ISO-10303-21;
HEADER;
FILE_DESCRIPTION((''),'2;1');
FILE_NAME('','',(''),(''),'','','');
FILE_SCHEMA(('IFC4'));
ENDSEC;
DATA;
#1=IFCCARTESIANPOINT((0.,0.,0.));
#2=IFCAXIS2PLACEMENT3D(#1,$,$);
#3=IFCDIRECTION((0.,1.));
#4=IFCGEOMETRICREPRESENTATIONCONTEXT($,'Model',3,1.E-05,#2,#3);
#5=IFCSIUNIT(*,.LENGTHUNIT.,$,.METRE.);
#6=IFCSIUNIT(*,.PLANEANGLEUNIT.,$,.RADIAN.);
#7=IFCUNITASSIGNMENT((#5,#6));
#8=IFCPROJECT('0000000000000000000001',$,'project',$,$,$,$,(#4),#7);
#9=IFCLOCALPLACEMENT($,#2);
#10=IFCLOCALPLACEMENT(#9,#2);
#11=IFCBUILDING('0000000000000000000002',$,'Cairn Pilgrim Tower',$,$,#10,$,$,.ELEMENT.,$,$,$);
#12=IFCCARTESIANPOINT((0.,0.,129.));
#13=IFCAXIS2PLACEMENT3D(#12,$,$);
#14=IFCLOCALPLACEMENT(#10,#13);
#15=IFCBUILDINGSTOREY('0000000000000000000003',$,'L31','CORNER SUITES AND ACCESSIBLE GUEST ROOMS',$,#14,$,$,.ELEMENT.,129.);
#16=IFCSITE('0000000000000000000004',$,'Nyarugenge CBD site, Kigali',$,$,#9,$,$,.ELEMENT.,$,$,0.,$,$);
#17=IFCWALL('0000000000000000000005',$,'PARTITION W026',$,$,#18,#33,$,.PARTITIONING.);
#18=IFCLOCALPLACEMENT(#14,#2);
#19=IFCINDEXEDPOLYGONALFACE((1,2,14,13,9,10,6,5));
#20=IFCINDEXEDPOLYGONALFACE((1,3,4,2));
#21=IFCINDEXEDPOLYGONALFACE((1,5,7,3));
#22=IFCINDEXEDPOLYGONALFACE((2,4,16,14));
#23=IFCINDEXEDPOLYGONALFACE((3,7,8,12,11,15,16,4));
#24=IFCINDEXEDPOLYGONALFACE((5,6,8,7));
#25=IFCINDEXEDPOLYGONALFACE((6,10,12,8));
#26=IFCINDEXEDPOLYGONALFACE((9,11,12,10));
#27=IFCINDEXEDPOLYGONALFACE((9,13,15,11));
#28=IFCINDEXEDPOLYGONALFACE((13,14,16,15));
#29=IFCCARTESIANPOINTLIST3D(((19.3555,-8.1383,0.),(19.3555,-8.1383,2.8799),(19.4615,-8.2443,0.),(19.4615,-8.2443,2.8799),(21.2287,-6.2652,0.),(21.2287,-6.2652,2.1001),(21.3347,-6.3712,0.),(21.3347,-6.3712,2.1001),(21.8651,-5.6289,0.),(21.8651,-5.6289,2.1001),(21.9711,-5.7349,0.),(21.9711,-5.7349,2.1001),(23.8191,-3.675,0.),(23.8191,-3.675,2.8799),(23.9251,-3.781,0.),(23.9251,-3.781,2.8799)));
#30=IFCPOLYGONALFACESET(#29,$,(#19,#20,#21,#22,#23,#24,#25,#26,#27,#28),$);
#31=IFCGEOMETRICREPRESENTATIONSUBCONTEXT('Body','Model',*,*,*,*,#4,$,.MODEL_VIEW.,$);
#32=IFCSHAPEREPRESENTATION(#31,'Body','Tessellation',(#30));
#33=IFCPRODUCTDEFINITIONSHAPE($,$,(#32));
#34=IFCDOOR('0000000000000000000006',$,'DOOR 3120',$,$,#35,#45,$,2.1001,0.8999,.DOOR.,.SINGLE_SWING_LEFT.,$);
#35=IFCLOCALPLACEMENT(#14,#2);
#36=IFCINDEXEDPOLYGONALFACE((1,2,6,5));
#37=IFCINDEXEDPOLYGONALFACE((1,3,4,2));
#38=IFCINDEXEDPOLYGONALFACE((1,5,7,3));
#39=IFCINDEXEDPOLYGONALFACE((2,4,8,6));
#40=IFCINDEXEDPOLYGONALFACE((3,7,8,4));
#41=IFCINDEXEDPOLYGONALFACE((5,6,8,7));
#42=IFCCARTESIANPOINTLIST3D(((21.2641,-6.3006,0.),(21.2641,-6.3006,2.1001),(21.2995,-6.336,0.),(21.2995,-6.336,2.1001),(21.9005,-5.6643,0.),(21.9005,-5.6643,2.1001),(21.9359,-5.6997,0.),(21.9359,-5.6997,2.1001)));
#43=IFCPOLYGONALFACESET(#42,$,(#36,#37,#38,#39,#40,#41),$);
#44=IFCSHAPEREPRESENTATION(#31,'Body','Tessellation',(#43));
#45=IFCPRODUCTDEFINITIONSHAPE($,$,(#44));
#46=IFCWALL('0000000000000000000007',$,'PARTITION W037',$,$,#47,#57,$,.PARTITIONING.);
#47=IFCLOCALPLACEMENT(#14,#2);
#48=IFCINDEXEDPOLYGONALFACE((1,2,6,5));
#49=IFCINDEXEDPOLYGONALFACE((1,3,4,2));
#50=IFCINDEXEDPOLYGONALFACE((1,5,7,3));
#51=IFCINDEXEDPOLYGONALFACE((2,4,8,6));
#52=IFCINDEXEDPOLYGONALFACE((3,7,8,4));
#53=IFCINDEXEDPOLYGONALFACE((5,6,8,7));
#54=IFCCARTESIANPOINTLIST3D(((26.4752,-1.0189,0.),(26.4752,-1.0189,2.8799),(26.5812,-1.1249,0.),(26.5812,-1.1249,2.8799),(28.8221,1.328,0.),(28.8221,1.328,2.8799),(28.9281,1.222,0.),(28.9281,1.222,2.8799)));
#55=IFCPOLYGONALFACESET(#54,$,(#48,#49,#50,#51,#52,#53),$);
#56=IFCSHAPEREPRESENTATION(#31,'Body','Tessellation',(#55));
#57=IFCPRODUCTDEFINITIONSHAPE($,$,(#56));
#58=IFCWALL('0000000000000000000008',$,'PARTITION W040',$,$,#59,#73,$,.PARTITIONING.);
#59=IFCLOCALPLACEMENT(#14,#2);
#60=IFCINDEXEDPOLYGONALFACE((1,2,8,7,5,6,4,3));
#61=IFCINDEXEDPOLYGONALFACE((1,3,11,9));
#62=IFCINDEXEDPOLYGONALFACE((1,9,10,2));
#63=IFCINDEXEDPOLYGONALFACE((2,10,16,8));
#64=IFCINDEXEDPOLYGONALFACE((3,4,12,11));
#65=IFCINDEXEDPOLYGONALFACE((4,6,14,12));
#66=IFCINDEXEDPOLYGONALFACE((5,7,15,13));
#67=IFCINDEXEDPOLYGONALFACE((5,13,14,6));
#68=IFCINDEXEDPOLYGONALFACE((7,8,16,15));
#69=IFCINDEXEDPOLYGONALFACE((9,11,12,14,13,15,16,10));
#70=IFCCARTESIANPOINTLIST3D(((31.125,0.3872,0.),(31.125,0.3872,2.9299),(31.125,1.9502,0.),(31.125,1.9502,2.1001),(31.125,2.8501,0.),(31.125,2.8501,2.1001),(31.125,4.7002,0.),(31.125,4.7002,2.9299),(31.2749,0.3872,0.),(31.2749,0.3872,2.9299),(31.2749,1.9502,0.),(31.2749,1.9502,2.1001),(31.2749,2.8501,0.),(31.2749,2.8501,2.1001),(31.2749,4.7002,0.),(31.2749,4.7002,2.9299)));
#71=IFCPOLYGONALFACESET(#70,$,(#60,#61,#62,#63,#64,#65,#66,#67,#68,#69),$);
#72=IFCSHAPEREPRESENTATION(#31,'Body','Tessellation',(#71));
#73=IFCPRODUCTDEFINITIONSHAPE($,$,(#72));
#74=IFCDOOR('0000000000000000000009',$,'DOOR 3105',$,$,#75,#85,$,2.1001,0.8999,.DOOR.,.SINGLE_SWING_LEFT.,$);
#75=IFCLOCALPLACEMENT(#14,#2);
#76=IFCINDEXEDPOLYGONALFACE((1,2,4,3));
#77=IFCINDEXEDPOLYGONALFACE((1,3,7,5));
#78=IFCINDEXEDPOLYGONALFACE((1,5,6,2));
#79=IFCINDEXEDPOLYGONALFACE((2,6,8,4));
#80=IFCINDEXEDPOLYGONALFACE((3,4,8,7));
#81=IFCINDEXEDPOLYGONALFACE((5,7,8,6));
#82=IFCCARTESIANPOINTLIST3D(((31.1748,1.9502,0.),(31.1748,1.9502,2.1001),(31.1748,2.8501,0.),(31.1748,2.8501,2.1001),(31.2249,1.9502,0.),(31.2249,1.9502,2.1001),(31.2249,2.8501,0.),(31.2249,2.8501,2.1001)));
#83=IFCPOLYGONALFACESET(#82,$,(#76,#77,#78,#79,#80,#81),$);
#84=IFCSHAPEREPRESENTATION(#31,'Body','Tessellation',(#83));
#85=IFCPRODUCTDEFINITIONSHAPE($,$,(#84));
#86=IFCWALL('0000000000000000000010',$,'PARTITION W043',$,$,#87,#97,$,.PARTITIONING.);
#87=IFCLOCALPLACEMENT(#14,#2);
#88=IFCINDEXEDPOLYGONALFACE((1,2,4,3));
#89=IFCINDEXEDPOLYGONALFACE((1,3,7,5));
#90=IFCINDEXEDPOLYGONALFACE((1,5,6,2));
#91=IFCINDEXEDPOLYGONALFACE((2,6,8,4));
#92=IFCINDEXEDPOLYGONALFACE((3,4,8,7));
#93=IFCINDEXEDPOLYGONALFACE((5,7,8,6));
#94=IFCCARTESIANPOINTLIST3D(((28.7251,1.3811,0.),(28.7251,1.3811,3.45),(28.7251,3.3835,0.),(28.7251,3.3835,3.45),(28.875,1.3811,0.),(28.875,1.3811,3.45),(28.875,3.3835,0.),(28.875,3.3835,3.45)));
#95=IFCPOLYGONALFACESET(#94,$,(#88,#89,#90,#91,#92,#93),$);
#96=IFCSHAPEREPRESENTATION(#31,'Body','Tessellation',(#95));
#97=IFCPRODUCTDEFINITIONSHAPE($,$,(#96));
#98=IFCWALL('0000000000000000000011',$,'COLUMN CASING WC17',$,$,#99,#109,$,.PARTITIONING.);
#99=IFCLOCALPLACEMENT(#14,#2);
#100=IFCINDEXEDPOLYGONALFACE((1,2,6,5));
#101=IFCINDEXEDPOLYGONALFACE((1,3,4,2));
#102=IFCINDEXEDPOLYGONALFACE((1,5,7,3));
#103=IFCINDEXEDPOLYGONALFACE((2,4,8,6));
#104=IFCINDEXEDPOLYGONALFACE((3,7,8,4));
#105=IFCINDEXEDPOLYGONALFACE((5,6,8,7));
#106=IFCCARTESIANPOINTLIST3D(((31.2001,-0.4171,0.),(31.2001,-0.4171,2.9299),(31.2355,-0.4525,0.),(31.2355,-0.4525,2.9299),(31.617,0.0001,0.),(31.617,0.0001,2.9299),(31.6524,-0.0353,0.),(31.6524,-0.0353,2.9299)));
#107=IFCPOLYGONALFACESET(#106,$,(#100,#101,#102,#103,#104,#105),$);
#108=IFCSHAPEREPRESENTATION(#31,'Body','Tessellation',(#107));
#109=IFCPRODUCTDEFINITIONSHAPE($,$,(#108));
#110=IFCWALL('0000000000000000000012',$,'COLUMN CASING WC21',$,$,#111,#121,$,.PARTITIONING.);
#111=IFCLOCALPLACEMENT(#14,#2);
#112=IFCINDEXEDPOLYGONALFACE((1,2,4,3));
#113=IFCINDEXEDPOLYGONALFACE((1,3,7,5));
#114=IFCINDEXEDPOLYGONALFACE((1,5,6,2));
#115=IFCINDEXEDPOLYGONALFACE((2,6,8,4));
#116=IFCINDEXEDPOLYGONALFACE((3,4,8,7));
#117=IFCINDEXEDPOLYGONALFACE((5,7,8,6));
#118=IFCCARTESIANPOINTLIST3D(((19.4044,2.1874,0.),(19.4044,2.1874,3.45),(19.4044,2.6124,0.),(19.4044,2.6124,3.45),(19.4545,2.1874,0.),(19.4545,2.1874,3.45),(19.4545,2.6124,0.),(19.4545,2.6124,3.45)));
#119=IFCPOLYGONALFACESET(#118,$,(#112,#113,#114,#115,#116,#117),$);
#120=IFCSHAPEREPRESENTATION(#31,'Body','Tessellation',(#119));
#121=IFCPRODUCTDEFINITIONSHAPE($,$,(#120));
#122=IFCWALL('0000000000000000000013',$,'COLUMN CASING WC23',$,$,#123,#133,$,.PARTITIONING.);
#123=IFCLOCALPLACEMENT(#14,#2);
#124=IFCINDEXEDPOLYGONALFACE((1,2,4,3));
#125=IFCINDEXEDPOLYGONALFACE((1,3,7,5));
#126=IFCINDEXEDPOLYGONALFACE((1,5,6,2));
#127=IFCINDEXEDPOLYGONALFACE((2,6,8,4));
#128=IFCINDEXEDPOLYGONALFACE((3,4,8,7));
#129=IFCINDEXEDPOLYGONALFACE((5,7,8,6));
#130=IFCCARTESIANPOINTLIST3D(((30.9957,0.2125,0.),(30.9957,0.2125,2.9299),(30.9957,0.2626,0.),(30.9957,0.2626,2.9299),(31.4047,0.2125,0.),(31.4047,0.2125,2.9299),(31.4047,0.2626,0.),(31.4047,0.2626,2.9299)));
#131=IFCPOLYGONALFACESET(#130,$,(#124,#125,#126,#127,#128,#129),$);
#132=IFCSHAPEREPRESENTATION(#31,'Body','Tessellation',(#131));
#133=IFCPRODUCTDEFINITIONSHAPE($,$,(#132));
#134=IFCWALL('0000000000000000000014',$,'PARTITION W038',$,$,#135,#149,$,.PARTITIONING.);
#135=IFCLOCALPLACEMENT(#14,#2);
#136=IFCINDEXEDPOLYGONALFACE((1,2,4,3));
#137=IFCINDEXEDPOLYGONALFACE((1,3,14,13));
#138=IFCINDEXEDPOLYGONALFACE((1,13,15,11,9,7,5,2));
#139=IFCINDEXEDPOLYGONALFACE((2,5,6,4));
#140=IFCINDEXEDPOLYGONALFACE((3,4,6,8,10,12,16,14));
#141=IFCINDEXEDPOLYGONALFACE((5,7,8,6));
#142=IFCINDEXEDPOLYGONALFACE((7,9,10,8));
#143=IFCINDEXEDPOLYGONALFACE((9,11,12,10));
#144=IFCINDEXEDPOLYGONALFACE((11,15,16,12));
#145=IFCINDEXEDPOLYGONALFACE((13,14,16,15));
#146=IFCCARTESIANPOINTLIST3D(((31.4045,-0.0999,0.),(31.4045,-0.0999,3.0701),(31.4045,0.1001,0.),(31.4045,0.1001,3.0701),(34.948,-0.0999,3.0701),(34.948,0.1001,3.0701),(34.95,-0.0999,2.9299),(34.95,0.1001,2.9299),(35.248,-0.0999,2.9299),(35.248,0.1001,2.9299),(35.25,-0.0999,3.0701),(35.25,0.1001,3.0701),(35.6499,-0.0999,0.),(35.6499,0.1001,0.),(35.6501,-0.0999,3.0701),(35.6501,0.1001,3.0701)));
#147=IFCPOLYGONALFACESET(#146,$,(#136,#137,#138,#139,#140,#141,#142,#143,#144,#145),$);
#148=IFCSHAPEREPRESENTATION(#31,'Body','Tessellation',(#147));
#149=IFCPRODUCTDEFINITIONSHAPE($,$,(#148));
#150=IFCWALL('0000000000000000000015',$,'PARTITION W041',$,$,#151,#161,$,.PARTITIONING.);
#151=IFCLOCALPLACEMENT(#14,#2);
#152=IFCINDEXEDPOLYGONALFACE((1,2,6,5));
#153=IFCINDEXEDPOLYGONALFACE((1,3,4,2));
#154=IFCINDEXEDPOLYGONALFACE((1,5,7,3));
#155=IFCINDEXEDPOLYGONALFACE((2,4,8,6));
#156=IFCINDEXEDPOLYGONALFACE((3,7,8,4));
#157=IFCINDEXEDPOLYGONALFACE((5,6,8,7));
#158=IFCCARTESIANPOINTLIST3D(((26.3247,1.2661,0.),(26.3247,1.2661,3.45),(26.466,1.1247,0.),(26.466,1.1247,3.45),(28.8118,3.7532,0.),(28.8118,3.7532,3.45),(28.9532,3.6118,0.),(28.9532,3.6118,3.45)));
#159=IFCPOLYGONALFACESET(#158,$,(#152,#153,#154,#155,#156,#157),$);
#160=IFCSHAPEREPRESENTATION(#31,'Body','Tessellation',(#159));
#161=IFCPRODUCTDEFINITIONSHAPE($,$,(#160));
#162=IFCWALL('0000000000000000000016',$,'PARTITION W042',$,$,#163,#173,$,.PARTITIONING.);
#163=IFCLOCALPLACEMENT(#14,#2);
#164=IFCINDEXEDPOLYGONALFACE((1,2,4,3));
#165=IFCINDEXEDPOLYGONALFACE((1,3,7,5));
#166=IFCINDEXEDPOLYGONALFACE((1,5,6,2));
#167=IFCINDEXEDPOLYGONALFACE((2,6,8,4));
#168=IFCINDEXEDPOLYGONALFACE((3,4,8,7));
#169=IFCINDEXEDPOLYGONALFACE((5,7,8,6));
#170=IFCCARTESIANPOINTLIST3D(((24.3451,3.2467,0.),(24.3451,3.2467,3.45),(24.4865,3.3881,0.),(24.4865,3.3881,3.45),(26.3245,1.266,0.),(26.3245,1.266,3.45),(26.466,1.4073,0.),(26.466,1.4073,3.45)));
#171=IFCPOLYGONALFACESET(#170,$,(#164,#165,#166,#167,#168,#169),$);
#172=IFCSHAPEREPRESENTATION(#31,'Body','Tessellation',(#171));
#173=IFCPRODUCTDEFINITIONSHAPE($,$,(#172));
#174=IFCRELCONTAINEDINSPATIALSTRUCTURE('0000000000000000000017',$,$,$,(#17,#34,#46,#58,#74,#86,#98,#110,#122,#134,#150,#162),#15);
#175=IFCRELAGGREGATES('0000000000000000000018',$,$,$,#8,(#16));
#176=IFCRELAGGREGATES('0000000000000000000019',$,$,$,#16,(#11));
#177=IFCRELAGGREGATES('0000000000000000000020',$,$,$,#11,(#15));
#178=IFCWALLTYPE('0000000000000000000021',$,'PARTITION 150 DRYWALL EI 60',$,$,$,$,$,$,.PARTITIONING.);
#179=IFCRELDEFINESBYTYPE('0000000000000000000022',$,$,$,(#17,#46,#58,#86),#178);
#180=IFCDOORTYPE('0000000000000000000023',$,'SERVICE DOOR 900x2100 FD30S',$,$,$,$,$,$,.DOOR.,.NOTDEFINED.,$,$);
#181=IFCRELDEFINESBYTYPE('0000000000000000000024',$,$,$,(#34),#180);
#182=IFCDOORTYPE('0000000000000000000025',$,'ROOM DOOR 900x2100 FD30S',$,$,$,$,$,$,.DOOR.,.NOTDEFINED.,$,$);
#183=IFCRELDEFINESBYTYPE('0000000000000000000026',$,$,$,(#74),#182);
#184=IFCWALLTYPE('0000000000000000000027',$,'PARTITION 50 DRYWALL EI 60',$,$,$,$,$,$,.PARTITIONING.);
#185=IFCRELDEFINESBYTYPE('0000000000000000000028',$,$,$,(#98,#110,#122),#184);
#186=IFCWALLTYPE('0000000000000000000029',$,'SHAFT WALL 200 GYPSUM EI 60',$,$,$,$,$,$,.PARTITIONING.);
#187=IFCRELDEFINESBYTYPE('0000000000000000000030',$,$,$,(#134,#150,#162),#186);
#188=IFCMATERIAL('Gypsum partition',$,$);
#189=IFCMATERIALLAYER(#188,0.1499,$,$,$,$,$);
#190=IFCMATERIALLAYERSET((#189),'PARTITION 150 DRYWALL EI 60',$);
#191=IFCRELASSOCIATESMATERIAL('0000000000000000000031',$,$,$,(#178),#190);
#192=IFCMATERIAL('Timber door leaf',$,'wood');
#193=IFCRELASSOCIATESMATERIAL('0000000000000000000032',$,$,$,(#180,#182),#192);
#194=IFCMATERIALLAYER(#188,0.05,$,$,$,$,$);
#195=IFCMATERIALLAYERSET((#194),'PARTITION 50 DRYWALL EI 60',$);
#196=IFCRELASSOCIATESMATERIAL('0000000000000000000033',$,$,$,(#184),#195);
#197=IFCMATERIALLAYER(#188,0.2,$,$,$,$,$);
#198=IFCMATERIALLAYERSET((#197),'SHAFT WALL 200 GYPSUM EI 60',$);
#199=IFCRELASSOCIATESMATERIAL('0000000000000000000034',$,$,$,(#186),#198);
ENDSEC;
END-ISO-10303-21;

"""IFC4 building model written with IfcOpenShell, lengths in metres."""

from ifc_helpers import new_model, si_unit, direction, frame, frame_2d, origin, place, context, subcontext, project, spatial, polyline, rectangle, outline, extrude, material, layer, layer_set, type_object, element, fill, save


model = new_model("IFC4")

# Units and contexts
model_context = context("Model", 3, precision=1e-05, world=origin(), true_north=direction((0.0, 1.0)))
body_context = subcontext(model_context, "Body", "Model", "MODEL_VIEW")
ifc_project = project(units=[si_unit("LENGTHUNIT", "METRE"), si_unit("PLANEANGLEUNIT", "RADIAN")], contexts=[model_context])

# Site, building, storey
site_placement = place(None, origin())
site = spatial("IfcSite", under=ifc_project, at=site_placement, Name="Nyarugenge CBD site, Kigali", CompositionType="ELEMENT", RefElevation=0.0)
building_placement = place(site_placement, origin())
building = spatial("IfcBuilding", under=site, at=building_placement, Name="Cairn Pilgrim Tower", CompositionType="ELEMENT")
storey_placement = place(building_placement, frame((0.0, 0.0, 129.0)))
storey = spatial("IfcBuildingStorey", under=building, at=storey_placement, Name="L31", Description="CORNER SUITES AND ACCESSIBLE GUEST ROOMS", CompositionType="ELEMENT", Elevation=129.0)

# Shared definitions
ifc_material_1 = material(Name="Gypsum partition")

# Wall, opening, door
ifc_material_2 = material(Name="Timber door leaf", Category="wood")
ifc_layer_1 = layer(ifc_material_1, 0.1499)
ifc_layer_set_1 = layer_set([ifc_layer_1], Name="PARTITION 150 DRYWALL EI 60")
wall_type_1 = type_object("IfcWallType", Name="PARTITION 150 DRYWALL EI 60", PredefinedType="PARTITIONING", material=ifc_layer_set_1)
wall_1_placement = place(storey_placement, frame((19.4084, -8.1914, 0.0), z_axis=(0.0, 0.0, 1.0), x_axis=(0.707126, 0.707087, 0.0)))
wall_1 = element("IfcWall", 1, at=wall_1_placement, inside=storey, type_object=wall_type_1, Name="PARTITION W026", PredefinedType="PARTITIONING", context=body_context, shape_type="SweptSolid", body=[
    extrude(rectangle(XDim=6.3123, YDim=0.1499, at=frame_2d((3.1562, 0.0))), origin(), (0.0, 0.0, 1.0), 2.8799),
])
opening_1_placement = place(wall_1_placement, frame((2.6492, 0.0, 0.0)))
opening_1 = element("IfcOpeningElement", 2, at=opening_1_placement, cuts=wall_1, PredefinedType="OPENING", context=body_context, shape_type="SweptSolid", body=[
    extrude(rectangle(XDim=0.8999, YDim=2.1001, at=frame_2d((0.45, 1.05))), frame((0.0, 0.085, 0.0), z_axis=(0.0, -1.0, 0.0), x_axis=(1.0, 0.0, 0.0)), (0.0, 0.0, 1.0), 0.1699),
])
door_type_1 = type_object("IfcDoorType", Name="SERVICE DOOR 900x2100 FD30S", OperationType="NOTDEFINED", PredefinedType="DOOR", material=ifc_material_2)
door_1_placement = place(opening_1_placement, origin())
door_1 = element("IfcDoor", 3, at=door_1_placement, inside=storey, type_object=door_type_1, Name="DOOR 3120", OperationType="SINGLE_SWING_LEFT", OverallHeight=2.1001, OverallWidth=0.8999, PredefinedType="DOOR", context=body_context, shape_type="SweptSolid", body=[
    extrude(rectangle(XDim=0.8999, YDim=2.1001, at=frame_2d((0.45, 1.05))), frame((0.0, 0.0249, 0.0), z_axis=(0.0, -1.0, 0.0), x_axis=(1.0, 0.0, 0.0)), (0.0, 0.0, 1.0), 0.05),
])
fill(opening_1, door_1)

# Wall
wall_2_placement = place(storey_placement, frame((26.5281, -1.072, 0.0), z_axis=(0.0, 0.0, 1.0), x_axis=(0.707107, 0.707107, 0.0)))
element("IfcWall", 4, at=wall_2_placement, inside=storey, type_object=wall_type_1, Name="PARTITION W037", PredefinedType="PARTITIONING", context=body_context, shape_type="SweptSolid", body=[
    extrude(rectangle(XDim=3.3191, YDim=0.1499, at=frame_2d((1.6597, 0.0))), origin(), (0.0, 0.0, 1.0), 2.8799),
])

# Wall, opening, door
wall_3_placement = place(storey_placement, frame((31.2, 0.3872, 0.0), z_axis=(0.0, 0.0, 1.0), x_axis=(0.0, 1.0, 0.0)))
wall_3 = element("IfcWall", 5, at=wall_3_placement, inside=storey, type_object=wall_type_1, Name="PARTITION W040", PredefinedType="PARTITIONING", context=body_context, shape_type="SweptSolid", body=[
    extrude(rectangle(XDim=4.313, YDim=0.1499, at=frame_2d((2.1565, 0.0))), origin(), (0.0, 0.0, 1.0), 2.9299),
])
opening_2_placement = place(wall_3_placement, frame((1.563, 0.0, 0.0)))
opening_2 = element("IfcOpeningElement", 6, at=opening_2_placement, cuts=wall_3, PredefinedType="OPENING", context=body_context, shape_type="SweptSolid", body=[
    extrude(rectangle(XDim=0.8999, YDim=2.1001, at=frame_2d((0.45, 1.05))), frame((0.0, 0.085, 0.0), z_axis=(0.0, -1.0, 0.0), x_axis=(1.0, 0.0, 0.0)), (0.0, 0.0, 1.0), 0.1699),
])
door_type_2 = type_object("IfcDoorType", Name="ROOM DOOR 900x2100 FD30S", OperationType="NOTDEFINED", PredefinedType="DOOR", material=ifc_material_2)
door_2_placement = place(opening_2_placement, frame((0.8999, 0.0, 0.0), z_axis=(0.0, 0.0, 1.0), x_axis=(-1.0, 0.0, 0.0)))
door_2 = element("IfcDoor", 7, at=door_2_placement, inside=storey, type_object=door_type_2, Name="DOOR 3105", OperationType="SINGLE_SWING_LEFT", OverallHeight=2.1001, OverallWidth=0.8999, PredefinedType="DOOR", context=body_context, shape_type="SweptSolid", body=[
    extrude(rectangle(XDim=0.8999, YDim=2.1001, at=frame_2d((0.45, 1.05))), frame((0.0, 0.0249, 0.0), z_axis=(0.0, -1.0, 0.0), x_axis=(1.0, 0.0, 0.0)), (0.0, 0.0, 1.0), 0.05),
])
fill(opening_2, door_2)

# Walls
wall_4_placement = place(storey_placement, frame((28.8, 1.3811, 0.0), z_axis=(0.0, 0.0, 1.0), x_axis=(0.0, 1.0, 0.0)))
element("IfcWall", 8, at=wall_4_placement, inside=storey, type_object=wall_type_1, Name="PARTITION W043", PredefinedType="PARTITIONING", context=body_context, shape_type="SweptSolid", body=[
    extrude(rectangle(XDim=2.0024, YDim=0.1499, at=frame_2d((1.0012, 0.0))), origin(), (0.0, 0.0, 1.0), 3.45),
])
ifc_layer_2 = layer(ifc_material_1, 0.05)
ifc_layer_set_2 = layer_set([ifc_layer_2], Name="PARTITION 50 DRYWALL EI 60")
wall_type_2 = type_object("IfcWallType", Name="PARTITION 50 DRYWALL EI 60", PredefinedType="PARTITIONING", material=ifc_layer_set_2)
wall_5_placement = place(storey_placement, frame((31.2178, -0.4348, 0.0), z_axis=(0.0, 0.0, 1.0), x_axis=(0.7069, 0.707314, 0.0)))
element("IfcWall", 9, at=wall_5_placement, inside=storey, type_object=wall_type_2, Name="COLUMN CASING WC17", PredefinedType="PARTITIONING", context=body_context, shape_type="SweptSolid", body=[
    extrude(rectangle(XDim=0.5898, YDim=0.05, at=frame_2d((0.2949, 0.0))), origin(), (0.0, 0.0, 1.0), 2.9299),
])
wall_6_placement = place(storey_placement, frame((19.4294, 2.1875, 0.0), z_axis=(0.0, 0.0, 1.0), x_axis=(0.0, 1.0, 0.0)))
element("IfcWall", 10, at=wall_6_placement, inside=storey, type_object=wall_type_2, Name="COLUMN CASING WC21", PredefinedType="PARTITIONING", context=body_context, shape_type="SweptSolid", body=[
    extrude(rectangle(XDim=0.425, YDim=0.05, at=frame_2d((0.2124, 0.0))), origin(), (0.0, 0.0, 1.0), 3.45),
])
wall_7_placement = place(storey_placement, frame((30.9956, 0.2375, 0.0), z_axis=(0.0, 0.0, 1.0), x_axis=(1.0, 0.0, 0.0)))
element("IfcWall", 11, at=wall_7_placement, inside=storey, type_object=wall_type_2, Name="COLUMN CASING WC23", PredefinedType="PARTITIONING", context=body_context, shape_type="SweptSolid", body=[
    extrude(rectangle(XDim=0.4089, YDim=0.05, at=frame_2d((0.2046, 0.0))), origin(), (0.0, 0.0, 1.0), 2.9299),
])
ifc_layer_3 = layer(ifc_material_1, 0.2)
ifc_layer_set_3 = layer_set([ifc_layer_3], Name="SHAFT WALL 200 GYPSUM EI 60")
wall_type_3 = type_object("IfcWallType", Name="SHAFT WALL 200 GYPSUM EI 60", PredefinedType="PARTITIONING", material=ifc_layer_set_3)
wall_8_placement = place(storey_placement, frame((31.4045, 0.0, 0.0), z_axis=(0.0, 0.0, 1.0), x_axis=(1.0, 0.0, 0.0)))
element("IfcWall", 12, at=wall_8_placement, inside=storey, type_object=wall_type_3, Name="PARTITION W038", PredefinedType="PARTITIONING", context=body_context, shape_type="SweptSolid", body=[
    extrude(outline(polyline([(0.0, 0.0), (4.2454, 0.0), (4.2456, 3.0701), (3.8455, 3.0701), (3.8435, 2.9299), (3.5454, 2.9299), (3.5435, 3.0701), (0.0, 3.0701), (0.0, 0.0)])), frame((0.0, 0.1001, 0.0), z_axis=(0.0, -1.0, 0.0), x_axis=(1.0, 0.0, 0.0)), (0.0, 0.0, 1.0), 0.2),
])
wall_9_placement = place(storey_placement, frame((26.3953, 1.1953, 0.0), z_axis=(0.0, 0.0, 1.0), x_axis=(0.707107, 0.707107, 0.0)))
element("IfcWall", 13, at=wall_9_placement, inside=storey, type_object=wall_type_3, Name="PARTITION W041", PredefinedType="PARTITIONING", context=body_context, shape_type="SweptSolid", body=[
    extrude(rectangle(XDim=3.5173, YDim=0.2, at=frame_2d((1.7588, 0.0))), origin(), (0.0, 0.0, 1.0), 3.45),
])
wall_10_placement = place(storey_placement, frame((26.3953, 1.3367, 0.0), z_axis=(0.0, 0.0, 1.0), x_axis=(-0.706889, 0.707325, 0.0)))
element("IfcWall", 14, at=wall_10_placement, inside=storey, type_object=wall_type_3, Name="PARTITION W042", PredefinedType="PARTITIONING", context=body_context, shape_type="SweptSolid", body=[
    extrude(rectangle(XDim=2.8003, YDim=0.2, at=frame_2d((1.4001, 0.0))), origin(), (0.0, 0.0, 1.0), 3.45),
])

save(model, "model.ifc")
